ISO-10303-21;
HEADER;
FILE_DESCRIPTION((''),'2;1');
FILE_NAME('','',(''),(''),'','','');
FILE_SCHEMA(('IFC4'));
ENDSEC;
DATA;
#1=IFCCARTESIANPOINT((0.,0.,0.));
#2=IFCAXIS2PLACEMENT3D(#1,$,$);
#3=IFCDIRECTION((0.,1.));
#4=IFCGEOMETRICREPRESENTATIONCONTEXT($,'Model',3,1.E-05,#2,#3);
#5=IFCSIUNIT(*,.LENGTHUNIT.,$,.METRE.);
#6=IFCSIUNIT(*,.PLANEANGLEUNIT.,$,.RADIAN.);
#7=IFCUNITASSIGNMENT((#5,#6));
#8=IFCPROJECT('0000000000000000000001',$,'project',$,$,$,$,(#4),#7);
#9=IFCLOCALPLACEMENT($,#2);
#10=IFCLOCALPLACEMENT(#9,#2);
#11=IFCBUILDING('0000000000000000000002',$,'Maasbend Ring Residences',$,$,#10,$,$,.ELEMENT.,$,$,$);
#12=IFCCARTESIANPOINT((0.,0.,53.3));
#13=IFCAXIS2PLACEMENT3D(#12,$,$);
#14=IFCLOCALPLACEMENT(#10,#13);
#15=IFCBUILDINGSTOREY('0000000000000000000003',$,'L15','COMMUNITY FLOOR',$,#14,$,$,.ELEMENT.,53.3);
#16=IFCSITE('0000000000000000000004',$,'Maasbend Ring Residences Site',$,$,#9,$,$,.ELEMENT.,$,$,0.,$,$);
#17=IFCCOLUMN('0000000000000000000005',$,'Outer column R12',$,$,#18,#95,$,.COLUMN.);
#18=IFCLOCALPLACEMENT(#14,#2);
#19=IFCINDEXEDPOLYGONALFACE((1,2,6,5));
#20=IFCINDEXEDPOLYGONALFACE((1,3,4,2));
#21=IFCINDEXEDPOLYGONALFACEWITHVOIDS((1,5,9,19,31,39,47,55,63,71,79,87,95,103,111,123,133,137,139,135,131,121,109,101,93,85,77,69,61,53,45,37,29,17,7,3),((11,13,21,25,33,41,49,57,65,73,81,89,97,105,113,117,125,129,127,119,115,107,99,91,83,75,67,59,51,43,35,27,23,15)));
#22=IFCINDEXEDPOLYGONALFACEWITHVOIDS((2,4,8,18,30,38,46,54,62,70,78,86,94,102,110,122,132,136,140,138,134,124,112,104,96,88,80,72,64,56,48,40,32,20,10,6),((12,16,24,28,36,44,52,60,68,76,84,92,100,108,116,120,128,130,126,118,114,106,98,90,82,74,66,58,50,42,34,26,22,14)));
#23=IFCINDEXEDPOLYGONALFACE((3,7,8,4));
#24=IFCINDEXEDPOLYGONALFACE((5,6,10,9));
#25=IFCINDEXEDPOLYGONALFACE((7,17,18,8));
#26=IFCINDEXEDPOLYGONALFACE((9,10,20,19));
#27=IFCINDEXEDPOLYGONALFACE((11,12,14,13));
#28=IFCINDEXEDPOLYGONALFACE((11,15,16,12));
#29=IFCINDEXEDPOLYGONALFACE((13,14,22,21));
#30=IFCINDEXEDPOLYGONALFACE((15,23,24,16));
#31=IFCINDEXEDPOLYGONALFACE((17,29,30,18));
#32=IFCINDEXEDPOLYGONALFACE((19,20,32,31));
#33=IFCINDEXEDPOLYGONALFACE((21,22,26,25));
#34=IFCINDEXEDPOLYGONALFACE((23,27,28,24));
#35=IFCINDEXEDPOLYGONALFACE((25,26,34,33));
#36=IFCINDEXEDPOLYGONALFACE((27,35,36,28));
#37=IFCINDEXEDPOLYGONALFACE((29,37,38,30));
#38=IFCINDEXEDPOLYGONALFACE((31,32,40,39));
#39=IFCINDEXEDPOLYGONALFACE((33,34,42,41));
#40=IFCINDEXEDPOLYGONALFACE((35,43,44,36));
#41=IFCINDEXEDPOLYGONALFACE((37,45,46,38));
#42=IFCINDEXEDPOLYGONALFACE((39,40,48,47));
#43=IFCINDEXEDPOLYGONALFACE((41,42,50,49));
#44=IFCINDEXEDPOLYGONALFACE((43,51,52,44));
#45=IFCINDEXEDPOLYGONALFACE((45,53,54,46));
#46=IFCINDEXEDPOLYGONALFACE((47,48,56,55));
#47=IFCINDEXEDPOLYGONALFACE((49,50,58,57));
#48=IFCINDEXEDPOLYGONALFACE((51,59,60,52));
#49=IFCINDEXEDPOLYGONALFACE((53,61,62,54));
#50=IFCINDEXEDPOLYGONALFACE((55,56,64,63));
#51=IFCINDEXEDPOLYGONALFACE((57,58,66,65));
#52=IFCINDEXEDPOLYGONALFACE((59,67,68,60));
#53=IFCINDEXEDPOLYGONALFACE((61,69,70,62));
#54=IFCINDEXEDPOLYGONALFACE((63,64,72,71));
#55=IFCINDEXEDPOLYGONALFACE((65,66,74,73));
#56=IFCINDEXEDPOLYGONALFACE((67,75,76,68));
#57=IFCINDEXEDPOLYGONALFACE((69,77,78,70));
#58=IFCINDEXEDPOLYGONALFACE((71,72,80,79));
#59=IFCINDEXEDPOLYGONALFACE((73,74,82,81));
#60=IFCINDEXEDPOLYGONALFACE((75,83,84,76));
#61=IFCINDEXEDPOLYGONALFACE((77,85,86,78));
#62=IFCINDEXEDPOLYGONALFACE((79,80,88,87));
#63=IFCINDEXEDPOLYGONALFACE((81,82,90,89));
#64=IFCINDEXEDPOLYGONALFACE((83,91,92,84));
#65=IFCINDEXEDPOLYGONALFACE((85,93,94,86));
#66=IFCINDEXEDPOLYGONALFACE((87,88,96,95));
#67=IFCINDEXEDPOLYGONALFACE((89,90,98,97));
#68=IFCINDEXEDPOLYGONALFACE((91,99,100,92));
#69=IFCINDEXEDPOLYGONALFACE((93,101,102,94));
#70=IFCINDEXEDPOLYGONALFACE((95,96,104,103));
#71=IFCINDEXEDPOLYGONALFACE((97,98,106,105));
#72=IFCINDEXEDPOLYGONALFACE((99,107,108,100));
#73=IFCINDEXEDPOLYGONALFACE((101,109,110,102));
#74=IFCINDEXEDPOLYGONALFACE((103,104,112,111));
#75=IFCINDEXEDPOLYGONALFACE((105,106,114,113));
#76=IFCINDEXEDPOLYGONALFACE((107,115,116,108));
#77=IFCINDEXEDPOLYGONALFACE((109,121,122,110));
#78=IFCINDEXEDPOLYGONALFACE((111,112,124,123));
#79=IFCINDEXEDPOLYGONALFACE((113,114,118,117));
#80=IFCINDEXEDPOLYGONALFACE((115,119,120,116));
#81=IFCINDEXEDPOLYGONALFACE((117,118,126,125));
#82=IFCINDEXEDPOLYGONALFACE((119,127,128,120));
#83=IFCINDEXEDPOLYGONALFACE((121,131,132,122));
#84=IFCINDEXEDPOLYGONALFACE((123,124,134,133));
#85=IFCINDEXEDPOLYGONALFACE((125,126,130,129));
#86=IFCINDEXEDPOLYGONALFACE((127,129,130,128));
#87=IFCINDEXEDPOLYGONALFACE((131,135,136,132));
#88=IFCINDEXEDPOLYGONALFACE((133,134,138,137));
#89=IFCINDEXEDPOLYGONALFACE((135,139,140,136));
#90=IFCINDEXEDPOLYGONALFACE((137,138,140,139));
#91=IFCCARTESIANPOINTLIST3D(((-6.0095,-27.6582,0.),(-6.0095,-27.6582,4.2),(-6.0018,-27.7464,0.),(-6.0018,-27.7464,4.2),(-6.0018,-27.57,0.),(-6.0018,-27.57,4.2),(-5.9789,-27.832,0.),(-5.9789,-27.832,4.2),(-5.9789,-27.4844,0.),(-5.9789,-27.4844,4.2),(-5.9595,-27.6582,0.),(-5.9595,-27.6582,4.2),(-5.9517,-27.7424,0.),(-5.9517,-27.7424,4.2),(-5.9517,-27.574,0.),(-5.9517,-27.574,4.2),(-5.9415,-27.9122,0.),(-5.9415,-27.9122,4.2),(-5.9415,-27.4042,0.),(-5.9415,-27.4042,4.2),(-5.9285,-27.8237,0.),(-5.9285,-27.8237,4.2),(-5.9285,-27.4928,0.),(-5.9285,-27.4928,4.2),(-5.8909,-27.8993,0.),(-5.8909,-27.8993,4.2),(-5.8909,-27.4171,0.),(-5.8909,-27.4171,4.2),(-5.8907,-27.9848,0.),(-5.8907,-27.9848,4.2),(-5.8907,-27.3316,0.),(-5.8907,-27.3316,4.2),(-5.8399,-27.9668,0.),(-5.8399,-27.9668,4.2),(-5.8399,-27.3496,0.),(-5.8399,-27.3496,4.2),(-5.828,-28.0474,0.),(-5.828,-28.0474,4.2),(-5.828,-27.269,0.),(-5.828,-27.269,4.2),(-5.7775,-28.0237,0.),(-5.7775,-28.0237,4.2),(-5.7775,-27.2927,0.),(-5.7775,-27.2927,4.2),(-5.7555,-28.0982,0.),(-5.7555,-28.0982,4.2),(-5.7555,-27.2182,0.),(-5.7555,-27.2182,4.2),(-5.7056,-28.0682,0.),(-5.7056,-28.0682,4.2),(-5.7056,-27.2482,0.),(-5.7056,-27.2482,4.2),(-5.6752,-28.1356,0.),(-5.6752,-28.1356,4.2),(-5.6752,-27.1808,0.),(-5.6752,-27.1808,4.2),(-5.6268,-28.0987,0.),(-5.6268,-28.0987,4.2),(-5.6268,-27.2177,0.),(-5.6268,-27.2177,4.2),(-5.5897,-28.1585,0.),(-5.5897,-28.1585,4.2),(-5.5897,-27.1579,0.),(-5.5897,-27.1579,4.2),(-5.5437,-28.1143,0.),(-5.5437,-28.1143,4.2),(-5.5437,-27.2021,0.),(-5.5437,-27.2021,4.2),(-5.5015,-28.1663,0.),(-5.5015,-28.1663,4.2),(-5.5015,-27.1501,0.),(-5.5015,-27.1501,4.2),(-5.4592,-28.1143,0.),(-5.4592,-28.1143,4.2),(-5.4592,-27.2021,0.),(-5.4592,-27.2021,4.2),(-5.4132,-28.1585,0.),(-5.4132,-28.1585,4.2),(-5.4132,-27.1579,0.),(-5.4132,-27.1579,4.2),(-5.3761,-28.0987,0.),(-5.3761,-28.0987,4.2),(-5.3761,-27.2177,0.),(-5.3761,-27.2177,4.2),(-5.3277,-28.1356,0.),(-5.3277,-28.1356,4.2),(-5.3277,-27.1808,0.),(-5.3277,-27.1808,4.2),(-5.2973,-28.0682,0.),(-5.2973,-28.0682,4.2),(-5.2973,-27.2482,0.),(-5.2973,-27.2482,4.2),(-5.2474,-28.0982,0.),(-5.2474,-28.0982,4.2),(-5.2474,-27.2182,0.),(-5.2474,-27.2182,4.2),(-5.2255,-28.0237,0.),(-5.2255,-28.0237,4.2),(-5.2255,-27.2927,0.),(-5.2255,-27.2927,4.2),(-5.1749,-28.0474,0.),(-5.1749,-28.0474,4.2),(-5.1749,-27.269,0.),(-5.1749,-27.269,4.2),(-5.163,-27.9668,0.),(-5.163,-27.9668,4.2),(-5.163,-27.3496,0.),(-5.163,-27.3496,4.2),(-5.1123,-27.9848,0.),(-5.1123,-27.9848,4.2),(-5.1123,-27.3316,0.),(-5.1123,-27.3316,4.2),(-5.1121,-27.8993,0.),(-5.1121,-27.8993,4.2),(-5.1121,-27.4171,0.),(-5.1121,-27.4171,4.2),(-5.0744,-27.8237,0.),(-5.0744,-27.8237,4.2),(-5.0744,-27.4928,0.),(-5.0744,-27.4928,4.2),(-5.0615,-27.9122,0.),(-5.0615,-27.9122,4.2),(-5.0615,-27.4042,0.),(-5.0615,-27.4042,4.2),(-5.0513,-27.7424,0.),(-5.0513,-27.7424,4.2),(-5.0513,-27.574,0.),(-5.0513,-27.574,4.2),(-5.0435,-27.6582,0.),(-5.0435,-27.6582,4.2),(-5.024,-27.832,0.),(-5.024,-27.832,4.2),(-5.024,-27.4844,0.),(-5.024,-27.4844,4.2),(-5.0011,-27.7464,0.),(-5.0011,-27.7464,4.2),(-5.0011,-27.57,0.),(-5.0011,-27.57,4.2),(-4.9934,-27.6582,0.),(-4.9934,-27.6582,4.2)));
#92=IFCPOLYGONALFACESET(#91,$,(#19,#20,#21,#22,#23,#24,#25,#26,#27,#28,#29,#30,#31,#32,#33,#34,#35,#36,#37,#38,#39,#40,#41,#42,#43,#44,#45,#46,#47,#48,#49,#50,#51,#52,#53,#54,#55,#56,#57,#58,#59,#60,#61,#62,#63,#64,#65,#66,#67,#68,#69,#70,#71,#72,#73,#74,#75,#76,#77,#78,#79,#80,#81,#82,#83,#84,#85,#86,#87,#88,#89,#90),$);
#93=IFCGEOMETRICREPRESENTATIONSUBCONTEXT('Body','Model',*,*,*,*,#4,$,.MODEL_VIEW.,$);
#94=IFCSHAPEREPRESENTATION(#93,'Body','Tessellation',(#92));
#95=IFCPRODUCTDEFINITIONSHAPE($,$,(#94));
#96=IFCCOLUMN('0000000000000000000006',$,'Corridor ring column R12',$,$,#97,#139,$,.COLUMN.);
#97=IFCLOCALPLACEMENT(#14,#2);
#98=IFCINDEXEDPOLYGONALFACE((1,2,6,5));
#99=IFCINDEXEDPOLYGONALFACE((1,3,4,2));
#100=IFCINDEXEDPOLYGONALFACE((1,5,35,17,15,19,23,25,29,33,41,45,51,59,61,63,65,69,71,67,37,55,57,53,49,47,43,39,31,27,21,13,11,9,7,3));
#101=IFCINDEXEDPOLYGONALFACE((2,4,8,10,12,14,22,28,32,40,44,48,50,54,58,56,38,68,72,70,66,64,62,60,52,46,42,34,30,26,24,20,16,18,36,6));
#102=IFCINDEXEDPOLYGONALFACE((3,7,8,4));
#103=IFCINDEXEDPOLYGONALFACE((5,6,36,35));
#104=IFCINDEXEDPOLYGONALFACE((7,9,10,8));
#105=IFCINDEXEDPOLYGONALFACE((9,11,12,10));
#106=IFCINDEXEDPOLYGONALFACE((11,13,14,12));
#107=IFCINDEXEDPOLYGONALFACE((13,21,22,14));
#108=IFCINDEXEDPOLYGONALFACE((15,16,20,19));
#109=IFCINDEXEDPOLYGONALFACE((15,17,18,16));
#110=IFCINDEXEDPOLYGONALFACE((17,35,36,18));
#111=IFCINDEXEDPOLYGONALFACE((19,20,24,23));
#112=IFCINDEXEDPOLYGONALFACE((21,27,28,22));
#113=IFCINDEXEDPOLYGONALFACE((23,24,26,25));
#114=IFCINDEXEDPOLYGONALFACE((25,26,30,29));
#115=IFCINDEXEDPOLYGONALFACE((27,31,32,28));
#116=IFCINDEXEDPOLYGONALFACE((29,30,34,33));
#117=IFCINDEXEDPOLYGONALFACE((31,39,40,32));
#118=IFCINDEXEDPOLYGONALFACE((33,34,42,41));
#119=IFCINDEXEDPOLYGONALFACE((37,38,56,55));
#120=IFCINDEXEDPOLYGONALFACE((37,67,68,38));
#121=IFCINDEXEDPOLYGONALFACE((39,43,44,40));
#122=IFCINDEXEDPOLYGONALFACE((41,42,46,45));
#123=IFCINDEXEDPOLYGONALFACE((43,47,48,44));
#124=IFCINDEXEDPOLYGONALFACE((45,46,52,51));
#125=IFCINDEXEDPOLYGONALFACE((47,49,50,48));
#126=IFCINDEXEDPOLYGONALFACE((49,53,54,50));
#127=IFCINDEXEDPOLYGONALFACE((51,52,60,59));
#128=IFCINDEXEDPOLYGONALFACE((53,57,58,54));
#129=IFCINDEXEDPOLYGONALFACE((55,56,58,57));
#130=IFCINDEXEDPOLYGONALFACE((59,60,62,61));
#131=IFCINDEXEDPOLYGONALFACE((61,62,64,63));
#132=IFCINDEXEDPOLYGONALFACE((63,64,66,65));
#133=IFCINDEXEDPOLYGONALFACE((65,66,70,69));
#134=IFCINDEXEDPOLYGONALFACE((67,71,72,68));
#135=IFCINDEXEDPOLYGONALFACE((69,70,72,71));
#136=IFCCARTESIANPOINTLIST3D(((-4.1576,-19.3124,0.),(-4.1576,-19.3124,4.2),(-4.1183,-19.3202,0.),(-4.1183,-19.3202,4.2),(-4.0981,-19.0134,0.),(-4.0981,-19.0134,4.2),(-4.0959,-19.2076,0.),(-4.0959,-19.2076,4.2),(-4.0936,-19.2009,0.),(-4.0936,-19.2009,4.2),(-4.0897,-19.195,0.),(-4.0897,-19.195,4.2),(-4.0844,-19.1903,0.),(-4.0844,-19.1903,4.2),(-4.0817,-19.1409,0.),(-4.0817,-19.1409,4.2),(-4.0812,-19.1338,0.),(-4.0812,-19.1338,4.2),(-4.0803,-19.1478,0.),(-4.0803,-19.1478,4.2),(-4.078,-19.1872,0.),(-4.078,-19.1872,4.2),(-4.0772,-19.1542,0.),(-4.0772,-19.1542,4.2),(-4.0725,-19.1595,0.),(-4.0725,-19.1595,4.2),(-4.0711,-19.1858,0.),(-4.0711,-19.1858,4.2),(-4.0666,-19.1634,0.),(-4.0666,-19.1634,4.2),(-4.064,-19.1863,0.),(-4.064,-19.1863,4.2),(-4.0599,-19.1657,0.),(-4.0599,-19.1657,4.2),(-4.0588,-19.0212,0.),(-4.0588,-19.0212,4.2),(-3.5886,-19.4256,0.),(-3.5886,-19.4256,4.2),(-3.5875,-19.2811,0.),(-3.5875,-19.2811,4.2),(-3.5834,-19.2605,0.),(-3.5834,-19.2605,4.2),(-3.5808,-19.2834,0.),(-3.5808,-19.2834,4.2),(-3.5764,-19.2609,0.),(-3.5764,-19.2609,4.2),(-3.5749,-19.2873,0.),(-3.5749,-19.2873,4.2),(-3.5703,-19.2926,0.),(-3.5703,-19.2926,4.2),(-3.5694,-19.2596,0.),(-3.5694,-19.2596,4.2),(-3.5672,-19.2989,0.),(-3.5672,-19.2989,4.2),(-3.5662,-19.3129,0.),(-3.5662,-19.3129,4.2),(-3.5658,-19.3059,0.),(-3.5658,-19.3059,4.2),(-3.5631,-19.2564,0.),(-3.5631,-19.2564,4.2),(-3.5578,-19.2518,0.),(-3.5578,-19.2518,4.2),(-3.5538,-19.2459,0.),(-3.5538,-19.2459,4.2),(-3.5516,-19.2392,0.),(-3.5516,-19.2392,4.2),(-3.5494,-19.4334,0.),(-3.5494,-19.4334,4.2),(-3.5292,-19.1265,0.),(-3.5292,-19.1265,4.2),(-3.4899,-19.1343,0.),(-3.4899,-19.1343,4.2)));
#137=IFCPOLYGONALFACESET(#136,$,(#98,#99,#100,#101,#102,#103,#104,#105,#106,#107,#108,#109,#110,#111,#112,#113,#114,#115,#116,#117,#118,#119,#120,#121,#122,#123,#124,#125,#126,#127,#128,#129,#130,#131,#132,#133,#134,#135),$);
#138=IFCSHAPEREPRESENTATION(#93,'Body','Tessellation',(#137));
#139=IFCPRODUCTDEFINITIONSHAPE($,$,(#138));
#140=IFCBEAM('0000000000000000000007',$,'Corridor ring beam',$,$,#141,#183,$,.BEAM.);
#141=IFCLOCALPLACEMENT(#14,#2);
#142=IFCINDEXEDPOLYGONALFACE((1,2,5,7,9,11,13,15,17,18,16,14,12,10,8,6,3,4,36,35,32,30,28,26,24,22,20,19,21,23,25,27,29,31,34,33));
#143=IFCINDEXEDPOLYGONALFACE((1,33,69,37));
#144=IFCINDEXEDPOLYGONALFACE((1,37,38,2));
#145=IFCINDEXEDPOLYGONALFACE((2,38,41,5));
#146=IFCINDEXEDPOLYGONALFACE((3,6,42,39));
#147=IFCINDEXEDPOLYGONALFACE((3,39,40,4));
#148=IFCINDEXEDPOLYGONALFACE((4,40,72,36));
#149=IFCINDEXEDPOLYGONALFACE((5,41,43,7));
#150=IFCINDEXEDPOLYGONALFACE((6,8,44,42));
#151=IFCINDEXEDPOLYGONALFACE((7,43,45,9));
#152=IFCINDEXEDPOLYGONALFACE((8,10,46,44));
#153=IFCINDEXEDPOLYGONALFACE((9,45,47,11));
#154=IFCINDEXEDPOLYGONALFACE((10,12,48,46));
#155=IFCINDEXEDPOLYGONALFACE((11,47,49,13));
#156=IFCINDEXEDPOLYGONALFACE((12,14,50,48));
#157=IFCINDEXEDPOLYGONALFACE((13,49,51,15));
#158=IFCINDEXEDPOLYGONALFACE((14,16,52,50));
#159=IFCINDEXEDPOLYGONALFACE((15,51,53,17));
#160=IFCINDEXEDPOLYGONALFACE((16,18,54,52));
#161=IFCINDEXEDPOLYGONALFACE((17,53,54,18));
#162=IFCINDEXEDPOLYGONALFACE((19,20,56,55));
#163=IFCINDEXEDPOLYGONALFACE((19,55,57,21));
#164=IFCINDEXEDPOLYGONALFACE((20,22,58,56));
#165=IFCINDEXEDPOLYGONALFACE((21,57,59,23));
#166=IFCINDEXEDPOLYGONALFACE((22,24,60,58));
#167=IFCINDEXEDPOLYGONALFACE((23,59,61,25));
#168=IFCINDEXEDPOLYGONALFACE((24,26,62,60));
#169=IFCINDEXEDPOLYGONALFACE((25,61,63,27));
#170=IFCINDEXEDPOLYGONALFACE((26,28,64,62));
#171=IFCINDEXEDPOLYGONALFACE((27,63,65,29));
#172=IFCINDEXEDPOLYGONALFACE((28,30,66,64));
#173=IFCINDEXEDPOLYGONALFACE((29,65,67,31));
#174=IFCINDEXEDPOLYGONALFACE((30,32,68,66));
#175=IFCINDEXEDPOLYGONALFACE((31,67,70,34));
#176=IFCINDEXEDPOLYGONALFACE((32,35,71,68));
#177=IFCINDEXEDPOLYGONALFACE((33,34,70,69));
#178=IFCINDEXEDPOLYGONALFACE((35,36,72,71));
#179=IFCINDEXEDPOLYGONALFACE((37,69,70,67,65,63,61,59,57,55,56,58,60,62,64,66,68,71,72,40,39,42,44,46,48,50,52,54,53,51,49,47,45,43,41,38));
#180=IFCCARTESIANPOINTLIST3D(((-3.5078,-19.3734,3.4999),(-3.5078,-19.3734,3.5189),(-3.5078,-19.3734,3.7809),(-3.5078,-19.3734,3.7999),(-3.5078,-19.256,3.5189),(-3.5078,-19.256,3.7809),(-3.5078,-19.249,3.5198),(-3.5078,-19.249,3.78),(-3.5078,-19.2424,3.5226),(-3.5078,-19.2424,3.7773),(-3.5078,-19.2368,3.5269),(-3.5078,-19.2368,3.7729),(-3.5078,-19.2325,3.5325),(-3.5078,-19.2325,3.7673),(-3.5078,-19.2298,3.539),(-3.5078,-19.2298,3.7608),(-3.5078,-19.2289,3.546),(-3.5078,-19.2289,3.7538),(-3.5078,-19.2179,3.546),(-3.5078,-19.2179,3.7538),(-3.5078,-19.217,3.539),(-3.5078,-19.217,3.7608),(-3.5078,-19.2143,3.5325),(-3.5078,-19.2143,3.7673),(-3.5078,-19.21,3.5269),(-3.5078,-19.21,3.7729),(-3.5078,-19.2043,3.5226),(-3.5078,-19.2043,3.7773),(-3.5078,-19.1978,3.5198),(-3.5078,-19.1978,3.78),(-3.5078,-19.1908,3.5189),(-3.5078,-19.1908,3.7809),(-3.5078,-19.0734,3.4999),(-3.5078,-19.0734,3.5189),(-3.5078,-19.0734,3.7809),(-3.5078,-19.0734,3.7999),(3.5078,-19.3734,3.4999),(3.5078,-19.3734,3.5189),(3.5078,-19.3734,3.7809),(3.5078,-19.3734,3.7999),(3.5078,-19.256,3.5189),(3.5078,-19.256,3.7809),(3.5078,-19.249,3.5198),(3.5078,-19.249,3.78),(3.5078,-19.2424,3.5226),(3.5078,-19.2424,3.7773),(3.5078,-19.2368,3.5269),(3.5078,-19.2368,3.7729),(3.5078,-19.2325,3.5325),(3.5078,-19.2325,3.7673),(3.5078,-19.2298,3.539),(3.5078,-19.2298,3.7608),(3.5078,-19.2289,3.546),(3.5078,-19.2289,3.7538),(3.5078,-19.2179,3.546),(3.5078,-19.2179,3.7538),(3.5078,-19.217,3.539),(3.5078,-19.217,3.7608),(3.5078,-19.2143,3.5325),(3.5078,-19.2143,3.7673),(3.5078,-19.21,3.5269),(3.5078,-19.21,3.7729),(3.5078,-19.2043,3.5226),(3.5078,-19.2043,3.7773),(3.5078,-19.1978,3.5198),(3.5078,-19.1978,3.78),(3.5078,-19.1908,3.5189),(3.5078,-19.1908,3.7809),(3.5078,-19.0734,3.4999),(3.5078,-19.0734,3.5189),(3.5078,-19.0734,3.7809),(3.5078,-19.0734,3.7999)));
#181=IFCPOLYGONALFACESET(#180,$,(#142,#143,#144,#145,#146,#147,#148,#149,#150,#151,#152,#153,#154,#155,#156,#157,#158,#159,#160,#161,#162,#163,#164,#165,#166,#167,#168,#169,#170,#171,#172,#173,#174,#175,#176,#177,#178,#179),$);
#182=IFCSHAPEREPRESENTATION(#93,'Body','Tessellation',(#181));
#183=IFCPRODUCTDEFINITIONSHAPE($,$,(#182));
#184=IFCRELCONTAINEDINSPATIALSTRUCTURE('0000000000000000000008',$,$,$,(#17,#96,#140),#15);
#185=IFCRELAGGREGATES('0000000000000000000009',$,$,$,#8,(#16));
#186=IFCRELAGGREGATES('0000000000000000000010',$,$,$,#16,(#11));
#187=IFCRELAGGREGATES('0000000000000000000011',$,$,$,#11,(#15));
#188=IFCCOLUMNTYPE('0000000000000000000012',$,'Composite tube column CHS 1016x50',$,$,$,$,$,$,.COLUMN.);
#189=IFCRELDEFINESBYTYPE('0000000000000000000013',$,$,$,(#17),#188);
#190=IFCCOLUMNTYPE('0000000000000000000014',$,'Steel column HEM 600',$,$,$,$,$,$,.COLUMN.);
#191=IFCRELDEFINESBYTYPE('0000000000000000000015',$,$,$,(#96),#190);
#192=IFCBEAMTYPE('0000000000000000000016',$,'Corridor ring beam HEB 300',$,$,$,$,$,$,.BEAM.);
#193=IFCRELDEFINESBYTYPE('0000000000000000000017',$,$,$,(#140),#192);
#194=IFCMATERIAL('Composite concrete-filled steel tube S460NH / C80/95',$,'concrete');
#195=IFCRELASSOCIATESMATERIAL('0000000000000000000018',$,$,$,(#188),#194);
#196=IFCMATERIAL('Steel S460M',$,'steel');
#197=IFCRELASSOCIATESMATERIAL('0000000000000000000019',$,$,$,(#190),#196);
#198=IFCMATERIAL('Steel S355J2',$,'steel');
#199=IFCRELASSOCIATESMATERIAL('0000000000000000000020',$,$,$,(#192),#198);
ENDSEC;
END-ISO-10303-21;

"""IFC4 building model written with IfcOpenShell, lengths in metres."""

from ifc_helpers import new_model, si_unit, direction, frame, origin, origin_2d, place, context, subcontext, project, spatial, hollow_circle, i_section, extrude, material, material_profile, profile_set, type_object, element, save


model = new_model("IFC4")

# Units and contexts
model_context = context("Model", 3, precision=1e-05, world=origin(), true_north=direction((0.0, 1.0)))
body_context = subcontext(model_context, "Body", "Model", "MODEL_VIEW")
ifc_project = project(units=[si_unit("LENGTHUNIT", "METRE"), si_unit("PLANEANGLEUNIT", "RADIAN")], contexts=[model_context])

# Site, building, storey
site_placement = place(None, origin())
site = spatial("IfcSite", under=ifc_project, at=site_placement, Name="Maasbend Ring Residences Site", CompositionType="ELEMENT", RefElevation=0.0)
building_placement = place(site_placement, origin())
building = spatial("IfcBuilding", under=site, at=building_placement, Name="Maasbend Ring Residences", CompositionType="ELEMENT")
storey_placement = place(building_placement, frame((0.0, 0.0, 53.3)))
storey = spatial("IfcBuildingStorey", under=building, at=storey_placement, Name="L15", Description="COMMUNITY FLOOR", CompositionType="ELEMENT", Elevation=53.3)

# Columns
ifc_material_1 = material(Name="Composite concrete-filled steel tube S460NH / C80/95", Category="concrete")
ifc_material_profile_1 = material_profile(ifc_material_1, hollow_circle(Radius=0.5081, WallThickness=0.05, at=origin_2d()), Name="Composite tube column CHS 1016x50")
ifc_profile_set_1 = profile_set([ifc_material_profile_1], Name="Composite concrete-filled steel tube S460NH / C80/95")
column_type_1 = type_object("IfcColumnType", Name="Composite tube column CHS 1016x50", PredefinedType="COLUMN", material=ifc_profile_set_1)
column_1_placement = place(storey_placement, frame((-5.5015, -27.6582, 0.0), z_axis=(0.0, 0.0, 1.0), x_axis=(1.0, 0.0, 0.0)))
element("IfcColumn", 1, at=column_1_placement, inside=storey, type_object=column_type_1, Name="Outer column R12", PredefinedType="COLUMN", context=body_context, shape_type="SweptSolid", body=[
    extrude(hollow_circle(Radius=0.5081, WallThickness=0.05, at=origin_2d()), origin(), (0.0, 0.0, 1.0), 4.2),
])
ifc_material_2 = material(Name="Steel S460M", Category="steel")
ifc_material_profile_2 = material_profile(ifc_material_2, i_section(OverallWidth=0.3049, OverallDepth=0.6201, WebThickness=0.021, FlangeThickness=0.04, FilletRadius=0.0271, at=origin_2d()), Name="HEM 600")
ifc_profile_set_2 = profile_set([ifc_material_profile_2], Name="Steel S460M")
column_type_2 = type_object("IfcColumnType", Name="Steel column HEM 600", PredefinedType="COLUMN", material=ifc_profile_set_2)
column_2_placement = place(storey_placement, frame((-3.8237, -19.2234, 0.0), z_axis=(0.0, 0.0, 1.0), x_axis=(-0.19509, -0.980785, 0.0)))
element("IfcColumn", 2, at=column_2_placement, inside=storey, type_object=column_type_2, Name="Corridor ring column R12", PredefinedType="COLUMN", context=body_context, shape_type="SweptSolid", body=[
    extrude(i_section(OverallWidth=0.3049, OverallDepth=0.6201, WebThickness=0.021, FlangeThickness=0.04, FilletRadius=0.0271, at=origin_2d()), origin(), (0.0, 0.0, 1.0), 4.2),
])

# Beam
ifc_material_3 = material(Name="Steel S355J2", Category="steel")
ifc_material_profile_3 = material_profile(ifc_material_3, i_section(OverallWidth=0.3, OverallDepth=0.3, WebThickness=0.011, FlangeThickness=0.019, FilletRadius=0.0271, at=origin_2d()), Name="HEB 300")
ifc_profile_set_3 = profile_set([ifc_material_profile_3], Name="Steel S355J2")
beam_type_1 = type_object("IfcBeamType", Name="Corridor ring beam HEB 300", PredefinedType="BEAM", material=ifc_profile_set_3)
beam_1_placement = place(storey_placement, frame((-3.5078, -19.2234, 3.6499), z_axis=(1.0, 0.0, 0.0), x_axis=(0.0, 1.0, 0.0)))
element("IfcBeam", 3, at=beam_1_placement, inside=storey, type_object=beam_type_1, Name="Corridor ring beam", PredefinedType="BEAM", context=body_context, shape_type="SweptSolid", body=[
    extrude(i_section(OverallWidth=0.3, OverallDepth=0.3, WebThickness=0.011, FlangeThickness=0.019, FilletRadius=0.0271, at=origin_2d()), origin(), (0.0, 0.0, 1.0), 7.0156),
])

save(model, "model.ifc")
